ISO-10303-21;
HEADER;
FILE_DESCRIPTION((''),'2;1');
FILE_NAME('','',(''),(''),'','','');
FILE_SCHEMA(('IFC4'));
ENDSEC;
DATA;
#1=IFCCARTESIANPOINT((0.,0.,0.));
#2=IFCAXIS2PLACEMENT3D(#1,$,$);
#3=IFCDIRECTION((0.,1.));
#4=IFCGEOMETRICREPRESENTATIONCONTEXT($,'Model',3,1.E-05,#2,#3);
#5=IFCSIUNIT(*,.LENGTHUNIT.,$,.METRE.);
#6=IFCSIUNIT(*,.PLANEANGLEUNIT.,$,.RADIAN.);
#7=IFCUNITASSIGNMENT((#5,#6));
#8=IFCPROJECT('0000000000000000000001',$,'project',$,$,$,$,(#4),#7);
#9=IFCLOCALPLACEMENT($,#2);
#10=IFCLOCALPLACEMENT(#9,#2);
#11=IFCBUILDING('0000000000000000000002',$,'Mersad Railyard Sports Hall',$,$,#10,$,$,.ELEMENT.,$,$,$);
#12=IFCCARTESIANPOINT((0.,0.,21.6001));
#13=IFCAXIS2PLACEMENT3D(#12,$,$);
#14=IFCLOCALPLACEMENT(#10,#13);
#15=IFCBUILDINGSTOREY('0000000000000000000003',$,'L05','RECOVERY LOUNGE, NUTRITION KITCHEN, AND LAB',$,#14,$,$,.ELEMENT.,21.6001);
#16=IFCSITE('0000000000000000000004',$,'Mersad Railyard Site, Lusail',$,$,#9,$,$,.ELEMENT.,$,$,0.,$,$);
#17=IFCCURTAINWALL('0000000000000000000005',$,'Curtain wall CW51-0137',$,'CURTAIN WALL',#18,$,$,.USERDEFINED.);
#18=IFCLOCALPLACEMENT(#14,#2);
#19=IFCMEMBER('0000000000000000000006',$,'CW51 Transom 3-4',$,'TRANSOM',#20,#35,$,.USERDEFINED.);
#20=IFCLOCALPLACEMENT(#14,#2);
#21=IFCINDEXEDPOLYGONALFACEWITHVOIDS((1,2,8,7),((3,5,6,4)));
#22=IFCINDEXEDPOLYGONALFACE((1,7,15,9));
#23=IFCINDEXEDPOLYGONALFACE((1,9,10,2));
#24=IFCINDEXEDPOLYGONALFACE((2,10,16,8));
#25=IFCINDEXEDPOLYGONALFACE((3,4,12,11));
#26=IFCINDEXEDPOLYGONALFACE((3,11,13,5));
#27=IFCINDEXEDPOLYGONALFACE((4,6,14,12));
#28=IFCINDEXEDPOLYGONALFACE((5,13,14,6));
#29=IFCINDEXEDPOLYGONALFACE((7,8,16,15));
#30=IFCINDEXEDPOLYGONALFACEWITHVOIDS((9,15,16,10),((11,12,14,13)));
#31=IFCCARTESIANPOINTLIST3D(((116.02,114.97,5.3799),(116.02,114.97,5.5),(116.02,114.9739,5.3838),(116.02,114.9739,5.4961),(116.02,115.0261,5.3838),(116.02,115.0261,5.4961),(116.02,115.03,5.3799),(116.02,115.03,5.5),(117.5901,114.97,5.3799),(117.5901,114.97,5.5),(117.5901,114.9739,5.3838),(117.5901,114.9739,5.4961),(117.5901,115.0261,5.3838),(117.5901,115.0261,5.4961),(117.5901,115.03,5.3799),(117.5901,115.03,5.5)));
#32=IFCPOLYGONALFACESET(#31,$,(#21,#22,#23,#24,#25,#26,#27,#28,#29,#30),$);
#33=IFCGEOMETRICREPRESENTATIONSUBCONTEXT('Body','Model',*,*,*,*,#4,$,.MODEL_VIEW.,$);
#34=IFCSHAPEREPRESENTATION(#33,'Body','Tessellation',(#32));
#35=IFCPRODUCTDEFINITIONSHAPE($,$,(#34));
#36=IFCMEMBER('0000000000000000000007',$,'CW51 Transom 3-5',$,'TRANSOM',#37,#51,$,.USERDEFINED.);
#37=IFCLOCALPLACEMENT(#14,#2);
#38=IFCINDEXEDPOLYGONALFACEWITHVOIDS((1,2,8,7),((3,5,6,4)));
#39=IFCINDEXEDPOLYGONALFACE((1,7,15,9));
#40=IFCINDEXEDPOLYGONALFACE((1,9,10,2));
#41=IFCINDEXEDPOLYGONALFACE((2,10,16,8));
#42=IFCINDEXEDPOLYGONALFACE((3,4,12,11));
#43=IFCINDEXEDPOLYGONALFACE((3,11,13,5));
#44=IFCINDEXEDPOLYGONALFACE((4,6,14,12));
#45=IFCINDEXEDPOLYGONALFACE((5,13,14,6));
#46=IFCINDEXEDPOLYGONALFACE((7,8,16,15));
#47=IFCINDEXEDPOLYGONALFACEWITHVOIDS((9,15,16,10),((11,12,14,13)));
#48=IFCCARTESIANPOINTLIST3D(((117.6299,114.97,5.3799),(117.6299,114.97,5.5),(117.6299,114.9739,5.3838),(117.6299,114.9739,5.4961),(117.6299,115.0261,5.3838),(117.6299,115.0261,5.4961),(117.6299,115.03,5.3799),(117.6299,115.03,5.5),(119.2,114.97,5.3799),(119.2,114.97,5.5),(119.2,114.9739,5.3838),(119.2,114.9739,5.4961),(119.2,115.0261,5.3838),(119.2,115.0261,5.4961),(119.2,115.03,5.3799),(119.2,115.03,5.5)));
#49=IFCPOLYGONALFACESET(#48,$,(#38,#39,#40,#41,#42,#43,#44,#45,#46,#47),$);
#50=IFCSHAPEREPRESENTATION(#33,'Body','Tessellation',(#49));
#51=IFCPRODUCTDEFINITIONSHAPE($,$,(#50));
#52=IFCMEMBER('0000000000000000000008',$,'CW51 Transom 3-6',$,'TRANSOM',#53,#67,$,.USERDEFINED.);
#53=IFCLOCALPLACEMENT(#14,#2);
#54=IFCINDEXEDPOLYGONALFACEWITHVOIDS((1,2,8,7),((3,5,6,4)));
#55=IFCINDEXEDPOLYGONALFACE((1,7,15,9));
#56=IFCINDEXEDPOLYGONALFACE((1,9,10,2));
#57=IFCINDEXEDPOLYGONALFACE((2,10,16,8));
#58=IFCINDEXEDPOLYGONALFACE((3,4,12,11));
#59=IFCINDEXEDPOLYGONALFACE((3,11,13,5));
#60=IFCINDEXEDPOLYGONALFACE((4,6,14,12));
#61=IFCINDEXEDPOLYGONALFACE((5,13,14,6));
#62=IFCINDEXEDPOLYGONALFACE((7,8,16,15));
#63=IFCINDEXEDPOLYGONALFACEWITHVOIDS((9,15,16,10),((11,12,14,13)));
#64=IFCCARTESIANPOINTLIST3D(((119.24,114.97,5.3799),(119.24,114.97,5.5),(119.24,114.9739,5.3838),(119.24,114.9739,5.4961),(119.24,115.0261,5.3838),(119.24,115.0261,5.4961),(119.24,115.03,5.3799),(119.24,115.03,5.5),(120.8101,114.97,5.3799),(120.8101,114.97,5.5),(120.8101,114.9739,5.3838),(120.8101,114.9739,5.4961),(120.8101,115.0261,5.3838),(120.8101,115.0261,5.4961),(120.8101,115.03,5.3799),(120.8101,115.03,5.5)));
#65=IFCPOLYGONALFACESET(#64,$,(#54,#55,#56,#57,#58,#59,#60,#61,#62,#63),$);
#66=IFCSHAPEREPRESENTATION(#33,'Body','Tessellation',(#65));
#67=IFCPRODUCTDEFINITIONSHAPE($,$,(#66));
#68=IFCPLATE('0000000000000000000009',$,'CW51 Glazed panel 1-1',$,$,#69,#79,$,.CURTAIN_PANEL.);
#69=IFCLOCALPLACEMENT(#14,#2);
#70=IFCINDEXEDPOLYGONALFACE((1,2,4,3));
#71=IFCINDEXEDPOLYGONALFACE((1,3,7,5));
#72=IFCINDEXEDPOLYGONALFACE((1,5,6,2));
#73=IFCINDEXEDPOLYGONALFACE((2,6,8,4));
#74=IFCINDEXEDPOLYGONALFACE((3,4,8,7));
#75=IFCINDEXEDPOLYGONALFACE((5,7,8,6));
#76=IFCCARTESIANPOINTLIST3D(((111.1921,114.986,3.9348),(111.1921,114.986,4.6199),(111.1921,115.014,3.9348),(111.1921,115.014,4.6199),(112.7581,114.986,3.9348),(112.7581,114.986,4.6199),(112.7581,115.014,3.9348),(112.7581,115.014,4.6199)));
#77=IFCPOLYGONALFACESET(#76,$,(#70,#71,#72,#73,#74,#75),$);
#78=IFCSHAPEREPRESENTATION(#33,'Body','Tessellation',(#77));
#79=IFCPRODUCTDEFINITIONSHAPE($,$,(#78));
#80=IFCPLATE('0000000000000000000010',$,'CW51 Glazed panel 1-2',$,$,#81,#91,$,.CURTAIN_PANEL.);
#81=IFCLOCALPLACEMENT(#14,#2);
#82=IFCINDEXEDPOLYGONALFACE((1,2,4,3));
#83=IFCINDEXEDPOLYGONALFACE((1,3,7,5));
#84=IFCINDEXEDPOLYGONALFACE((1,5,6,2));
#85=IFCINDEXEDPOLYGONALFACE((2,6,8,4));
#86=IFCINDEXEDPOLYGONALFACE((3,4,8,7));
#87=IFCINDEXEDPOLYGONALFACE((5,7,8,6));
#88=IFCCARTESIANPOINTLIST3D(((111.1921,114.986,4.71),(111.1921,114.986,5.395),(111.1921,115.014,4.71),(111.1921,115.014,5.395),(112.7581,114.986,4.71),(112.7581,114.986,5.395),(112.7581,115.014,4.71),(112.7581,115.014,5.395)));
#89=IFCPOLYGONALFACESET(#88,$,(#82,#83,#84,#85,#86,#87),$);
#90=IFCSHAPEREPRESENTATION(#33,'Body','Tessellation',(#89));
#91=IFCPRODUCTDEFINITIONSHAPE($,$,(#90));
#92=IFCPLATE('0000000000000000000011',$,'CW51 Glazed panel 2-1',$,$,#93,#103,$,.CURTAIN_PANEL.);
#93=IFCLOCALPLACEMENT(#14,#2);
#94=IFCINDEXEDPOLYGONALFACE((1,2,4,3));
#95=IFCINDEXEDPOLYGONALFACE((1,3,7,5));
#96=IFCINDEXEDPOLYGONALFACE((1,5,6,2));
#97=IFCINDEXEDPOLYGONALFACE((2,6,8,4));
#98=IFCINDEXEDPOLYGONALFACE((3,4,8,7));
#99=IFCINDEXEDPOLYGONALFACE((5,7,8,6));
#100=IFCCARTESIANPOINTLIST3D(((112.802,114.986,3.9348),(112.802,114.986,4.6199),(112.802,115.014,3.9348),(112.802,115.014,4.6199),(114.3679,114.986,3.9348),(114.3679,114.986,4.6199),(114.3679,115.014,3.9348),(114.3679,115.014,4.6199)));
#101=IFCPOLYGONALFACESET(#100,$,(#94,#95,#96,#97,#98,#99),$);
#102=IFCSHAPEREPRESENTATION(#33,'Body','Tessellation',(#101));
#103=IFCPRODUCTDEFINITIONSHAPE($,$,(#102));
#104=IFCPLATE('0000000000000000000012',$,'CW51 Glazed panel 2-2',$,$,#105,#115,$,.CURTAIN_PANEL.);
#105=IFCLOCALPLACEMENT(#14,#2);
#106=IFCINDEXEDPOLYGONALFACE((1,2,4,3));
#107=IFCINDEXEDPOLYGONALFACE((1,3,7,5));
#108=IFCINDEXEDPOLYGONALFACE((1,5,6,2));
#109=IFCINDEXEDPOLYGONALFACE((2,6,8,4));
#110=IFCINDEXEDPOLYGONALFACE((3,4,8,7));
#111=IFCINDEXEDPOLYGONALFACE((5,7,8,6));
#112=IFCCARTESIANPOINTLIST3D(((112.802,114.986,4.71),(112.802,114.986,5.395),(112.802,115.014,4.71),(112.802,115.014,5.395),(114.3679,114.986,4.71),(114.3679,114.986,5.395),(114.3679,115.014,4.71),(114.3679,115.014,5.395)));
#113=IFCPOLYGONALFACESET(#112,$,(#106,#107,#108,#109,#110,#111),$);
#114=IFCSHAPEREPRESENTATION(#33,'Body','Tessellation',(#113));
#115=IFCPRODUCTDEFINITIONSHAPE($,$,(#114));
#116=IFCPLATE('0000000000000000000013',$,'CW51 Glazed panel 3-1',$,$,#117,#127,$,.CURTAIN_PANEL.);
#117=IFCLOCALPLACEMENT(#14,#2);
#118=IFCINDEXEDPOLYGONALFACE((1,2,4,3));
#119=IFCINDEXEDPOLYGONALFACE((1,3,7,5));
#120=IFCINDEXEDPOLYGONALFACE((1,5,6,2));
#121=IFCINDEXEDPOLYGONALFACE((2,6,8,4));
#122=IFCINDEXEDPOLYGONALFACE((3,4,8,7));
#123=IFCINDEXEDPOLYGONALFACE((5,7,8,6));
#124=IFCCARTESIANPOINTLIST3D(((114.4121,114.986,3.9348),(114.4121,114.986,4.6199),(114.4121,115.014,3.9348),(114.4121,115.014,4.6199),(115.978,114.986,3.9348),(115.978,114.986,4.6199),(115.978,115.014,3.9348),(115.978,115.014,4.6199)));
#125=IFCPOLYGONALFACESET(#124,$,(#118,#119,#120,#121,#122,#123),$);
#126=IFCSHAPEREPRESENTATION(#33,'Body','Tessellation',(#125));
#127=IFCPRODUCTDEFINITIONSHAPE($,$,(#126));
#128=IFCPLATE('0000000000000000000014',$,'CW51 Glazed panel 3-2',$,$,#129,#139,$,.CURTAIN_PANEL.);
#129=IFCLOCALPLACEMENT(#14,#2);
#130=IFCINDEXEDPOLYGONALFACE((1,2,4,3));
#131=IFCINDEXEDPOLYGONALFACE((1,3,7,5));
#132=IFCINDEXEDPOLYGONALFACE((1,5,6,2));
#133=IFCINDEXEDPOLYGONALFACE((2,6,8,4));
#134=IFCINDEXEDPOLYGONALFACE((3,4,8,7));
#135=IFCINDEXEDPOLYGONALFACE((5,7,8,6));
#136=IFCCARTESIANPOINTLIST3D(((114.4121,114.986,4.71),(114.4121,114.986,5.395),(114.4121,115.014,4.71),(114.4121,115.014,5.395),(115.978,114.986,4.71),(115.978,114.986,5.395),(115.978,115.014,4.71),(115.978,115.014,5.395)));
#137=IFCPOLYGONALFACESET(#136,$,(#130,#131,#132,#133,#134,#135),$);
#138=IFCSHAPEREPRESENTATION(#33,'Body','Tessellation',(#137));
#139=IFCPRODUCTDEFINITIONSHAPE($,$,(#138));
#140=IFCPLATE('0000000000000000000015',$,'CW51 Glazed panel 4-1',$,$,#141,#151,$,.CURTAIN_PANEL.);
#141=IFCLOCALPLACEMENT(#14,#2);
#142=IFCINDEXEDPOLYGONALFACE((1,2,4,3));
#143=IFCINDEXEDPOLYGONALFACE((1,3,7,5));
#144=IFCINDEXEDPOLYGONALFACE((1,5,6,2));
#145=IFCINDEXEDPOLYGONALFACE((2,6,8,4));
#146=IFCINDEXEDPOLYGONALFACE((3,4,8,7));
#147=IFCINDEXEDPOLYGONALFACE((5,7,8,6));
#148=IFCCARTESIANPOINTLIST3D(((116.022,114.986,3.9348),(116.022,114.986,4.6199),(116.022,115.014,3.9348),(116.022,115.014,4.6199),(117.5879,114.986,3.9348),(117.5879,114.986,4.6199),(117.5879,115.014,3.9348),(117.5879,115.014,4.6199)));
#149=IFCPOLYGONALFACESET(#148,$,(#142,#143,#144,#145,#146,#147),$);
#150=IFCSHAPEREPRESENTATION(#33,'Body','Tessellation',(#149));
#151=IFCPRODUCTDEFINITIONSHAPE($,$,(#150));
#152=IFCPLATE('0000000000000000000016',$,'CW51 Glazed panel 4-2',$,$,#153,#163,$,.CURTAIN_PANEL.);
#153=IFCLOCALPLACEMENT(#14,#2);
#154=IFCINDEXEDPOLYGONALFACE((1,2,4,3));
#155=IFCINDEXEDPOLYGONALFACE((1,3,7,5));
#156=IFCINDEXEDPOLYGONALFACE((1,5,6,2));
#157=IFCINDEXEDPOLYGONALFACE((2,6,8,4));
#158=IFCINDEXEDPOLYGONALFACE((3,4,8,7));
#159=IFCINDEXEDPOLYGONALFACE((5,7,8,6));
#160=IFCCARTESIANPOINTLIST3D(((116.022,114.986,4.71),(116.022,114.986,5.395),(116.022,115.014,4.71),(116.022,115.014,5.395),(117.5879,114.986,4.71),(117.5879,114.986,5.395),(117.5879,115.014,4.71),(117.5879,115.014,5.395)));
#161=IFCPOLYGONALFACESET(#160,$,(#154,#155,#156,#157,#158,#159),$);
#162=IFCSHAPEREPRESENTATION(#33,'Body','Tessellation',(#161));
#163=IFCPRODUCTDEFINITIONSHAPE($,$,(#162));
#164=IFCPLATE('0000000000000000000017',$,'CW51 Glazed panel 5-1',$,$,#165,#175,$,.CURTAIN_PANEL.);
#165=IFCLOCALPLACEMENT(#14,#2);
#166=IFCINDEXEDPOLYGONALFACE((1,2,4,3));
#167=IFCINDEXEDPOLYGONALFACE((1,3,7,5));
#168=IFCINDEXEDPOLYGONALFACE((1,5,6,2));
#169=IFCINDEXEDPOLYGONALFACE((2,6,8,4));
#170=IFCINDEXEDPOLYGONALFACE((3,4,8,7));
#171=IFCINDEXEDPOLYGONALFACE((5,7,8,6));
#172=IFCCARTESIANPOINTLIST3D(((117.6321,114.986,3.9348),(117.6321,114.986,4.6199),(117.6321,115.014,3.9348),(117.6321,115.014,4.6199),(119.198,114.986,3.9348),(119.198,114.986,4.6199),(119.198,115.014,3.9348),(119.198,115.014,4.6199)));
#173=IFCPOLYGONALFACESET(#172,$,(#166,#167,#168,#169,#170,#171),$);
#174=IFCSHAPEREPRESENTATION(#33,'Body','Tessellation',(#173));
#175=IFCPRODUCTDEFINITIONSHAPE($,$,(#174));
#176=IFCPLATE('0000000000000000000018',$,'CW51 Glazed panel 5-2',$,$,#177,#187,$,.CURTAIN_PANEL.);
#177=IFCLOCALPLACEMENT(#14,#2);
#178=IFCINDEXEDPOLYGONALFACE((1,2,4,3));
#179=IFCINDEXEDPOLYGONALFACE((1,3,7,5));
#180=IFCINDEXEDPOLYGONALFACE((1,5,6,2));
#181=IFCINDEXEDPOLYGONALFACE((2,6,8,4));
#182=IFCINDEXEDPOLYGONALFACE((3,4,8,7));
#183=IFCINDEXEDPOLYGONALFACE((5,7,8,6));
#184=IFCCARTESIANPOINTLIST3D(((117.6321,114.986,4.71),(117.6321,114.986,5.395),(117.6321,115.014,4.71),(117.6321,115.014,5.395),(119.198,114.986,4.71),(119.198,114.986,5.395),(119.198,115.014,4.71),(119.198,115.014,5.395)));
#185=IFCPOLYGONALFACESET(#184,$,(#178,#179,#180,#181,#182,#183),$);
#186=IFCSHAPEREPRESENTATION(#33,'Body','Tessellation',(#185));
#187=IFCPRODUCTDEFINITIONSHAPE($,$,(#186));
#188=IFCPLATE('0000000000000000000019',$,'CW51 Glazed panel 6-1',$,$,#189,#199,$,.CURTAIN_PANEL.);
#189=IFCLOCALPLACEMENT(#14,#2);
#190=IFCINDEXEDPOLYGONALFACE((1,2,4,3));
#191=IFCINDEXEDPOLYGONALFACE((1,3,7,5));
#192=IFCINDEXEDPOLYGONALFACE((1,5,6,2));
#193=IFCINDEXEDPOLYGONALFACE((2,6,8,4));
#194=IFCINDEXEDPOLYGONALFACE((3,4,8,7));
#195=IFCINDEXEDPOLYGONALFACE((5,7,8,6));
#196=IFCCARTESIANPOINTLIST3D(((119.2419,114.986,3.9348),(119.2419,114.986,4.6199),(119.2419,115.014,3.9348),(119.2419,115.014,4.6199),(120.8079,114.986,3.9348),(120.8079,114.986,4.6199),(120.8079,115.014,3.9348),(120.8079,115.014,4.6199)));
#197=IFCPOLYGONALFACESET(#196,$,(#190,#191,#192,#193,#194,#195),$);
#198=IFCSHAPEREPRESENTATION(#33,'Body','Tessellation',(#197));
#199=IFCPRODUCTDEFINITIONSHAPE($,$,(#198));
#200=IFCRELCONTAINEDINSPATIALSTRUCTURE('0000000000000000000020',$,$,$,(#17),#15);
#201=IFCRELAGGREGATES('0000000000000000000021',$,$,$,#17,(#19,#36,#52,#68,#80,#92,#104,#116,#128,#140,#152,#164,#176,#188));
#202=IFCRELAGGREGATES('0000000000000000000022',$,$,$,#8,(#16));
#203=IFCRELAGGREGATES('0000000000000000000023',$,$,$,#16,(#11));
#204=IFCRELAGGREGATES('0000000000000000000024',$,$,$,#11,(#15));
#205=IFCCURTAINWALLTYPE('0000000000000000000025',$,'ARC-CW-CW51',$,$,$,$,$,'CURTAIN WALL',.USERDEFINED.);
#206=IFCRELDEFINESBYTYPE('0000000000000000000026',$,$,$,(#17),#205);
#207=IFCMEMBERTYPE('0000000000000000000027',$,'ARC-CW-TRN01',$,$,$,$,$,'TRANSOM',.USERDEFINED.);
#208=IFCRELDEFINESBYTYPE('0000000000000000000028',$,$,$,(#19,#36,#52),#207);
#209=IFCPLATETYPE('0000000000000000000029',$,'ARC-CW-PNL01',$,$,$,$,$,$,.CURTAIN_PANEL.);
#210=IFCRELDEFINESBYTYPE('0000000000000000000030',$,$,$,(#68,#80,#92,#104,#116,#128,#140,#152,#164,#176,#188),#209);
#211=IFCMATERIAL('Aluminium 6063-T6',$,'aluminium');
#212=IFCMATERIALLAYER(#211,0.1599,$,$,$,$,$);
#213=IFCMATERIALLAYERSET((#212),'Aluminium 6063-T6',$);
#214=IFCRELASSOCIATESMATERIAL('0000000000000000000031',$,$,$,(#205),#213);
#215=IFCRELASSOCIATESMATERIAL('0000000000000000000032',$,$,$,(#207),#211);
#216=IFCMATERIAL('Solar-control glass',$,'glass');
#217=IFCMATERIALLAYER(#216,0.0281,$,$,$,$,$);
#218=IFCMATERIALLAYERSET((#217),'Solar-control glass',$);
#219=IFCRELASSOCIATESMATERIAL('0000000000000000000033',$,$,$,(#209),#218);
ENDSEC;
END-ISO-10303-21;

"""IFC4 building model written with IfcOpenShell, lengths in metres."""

from ifc_helpers import new_model, si_unit, direction, frame, origin, origin_2d, place, context, subcontext, project, spatial, rectangle, hollow_rectangle, extrude, material, layer, layer_set, material_profile, profile_set, type_object, element, aggregate, save


model = new_model("IFC4")

# Units and contexts
model_context = context("Model", 3, precision=1e-05, world=origin(), true_north=direction((0.0, 1.0)))
body_context = subcontext(model_context, "Body", "Model", "MODEL_VIEW")
ifc_project = project(units=[si_unit("LENGTHUNIT", "METRE"), si_unit("PLANEANGLEUNIT", "RADIAN")], contexts=[model_context])

# Site, building, storey
site_placement = place(None, origin())
site = spatial("IfcSite", under=ifc_project, at=site_placement, Name="Mersad Railyard Site, Lusail", CompositionType="ELEMENT", RefElevation=0.0)
building_placement = place(site_placement, origin())
building = spatial("IfcBuilding", under=site, at=building_placement, Name="Mersad Railyard Sports Hall", CompositionType="ELEMENT")
storey_placement = place(building_placement, frame((0.0, 0.0, 21.6001)))
storey = spatial("IfcBuildingStorey", under=building, at=storey_placement, Name="L05", Description="RECOVERY LOUNGE, NUTRITION KITCHEN, AND LAB", CompositionType="ELEMENT", Elevation=21.6001)

# Curtain wall, members, plates
ifc_material_1 = material(Name="Aluminium 6063-T6", Category="aluminium")
ifc_layer_1 = layer(ifc_material_1, 0.1599)
ifc_layer_set_1 = layer_set([ifc_layer_1], Name="Aluminium 6063-T6")
curtain_wall_type = type_object("IfcCurtainWallType", Name="ARC-CW-CW51", ElementType="CURTAIN WALL", PredefinedType="USERDEFINED", material=ifc_layer_set_1)
curtain_wall_placement = place(storey_placement, origin())
curtain_wall = element("IfcCurtainWall", 1, at=curtain_wall_placement, inside=storey, type_object=curtain_wall_type, Name="Curtain wall CW51-0137", ObjectType="CURTAIN WALL", PredefinedType="USERDEFINED")
ifc_material_profile_1 = material_profile(ifc_material_1, hollow_rectangle(XDim=0.0601, YDim=0.1201, WallThickness=0.0039, at=origin_2d()), Name="AL TRANSOM 60x120x4")
ifc_profile_set_1 = profile_set([ifc_material_profile_1], Name="Aluminium 6063-T6")
member_type_1 = type_object("IfcMemberType", Name="ARC-CW-TRN01", ElementType="TRANSOM", PredefinedType="USERDEFINED", material=ifc_profile_set_1)
member_1_placement = place(storey_placement, frame((116.02, 115.0, 5.4399), z_axis=(1.0, 0.0, 0.0), x_axis=(0.0, 1.0, 0.0)))
member_1 = element("IfcMember", 2, at=member_1_placement, type_object=member_type_1, Name="CW51 Transom 3-4", ObjectType="TRANSOM", PredefinedType="USERDEFINED", context=body_context, shape_type="SweptSolid", body=[
    extrude(hollow_rectangle(XDim=0.0601, YDim=0.1201, WallThickness=0.0039, at=origin_2d()), origin(), (0.0, 0.0, 1.0), 1.5701),
])
member_2_placement = place(storey_placement, frame((117.6299, 115.0, 5.4399), z_axis=(1.0, 0.0, 0.0), x_axis=(0.0, 1.0, 0.0)))
member_2 = element("IfcMember", 3, at=member_2_placement, type_object=member_type_1, Name="CW51 Transom 3-5", ObjectType="TRANSOM", PredefinedType="USERDEFINED", context=body_context, shape_type="SweptSolid", body=[
    extrude(hollow_rectangle(XDim=0.0601, YDim=0.1201, WallThickness=0.0039, at=origin_2d()), origin(), (0.0, 0.0, 1.0), 1.5701),
])
member_3_placement = place(storey_placement, frame((119.24, 115.0, 5.4399), z_axis=(1.0, 0.0, 0.0), x_axis=(0.0, 1.0, 0.0)))
member_3 = element("IfcMember", 4, at=member_3_placement, type_object=member_type_1, Name="CW51 Transom 3-6", ObjectType="TRANSOM", PredefinedType="USERDEFINED", context=body_context, shape_type="SweptSolid", body=[
    extrude(hollow_rectangle(XDim=0.0601, YDim=0.1201, WallThickness=0.0039, at=origin_2d()), origin(), (0.0, 0.0, 1.0), 1.5701),
])
ifc_material_2 = material(Name="Solar-control glass", Category="glass")
ifc_layer_2 = layer(ifc_material_2, 0.0281)
ifc_layer_set_2 = layer_set([ifc_layer_2], Name="Solar-control glass")
plate_type = type_object("IfcPlateType", Name="ARC-CW-PNL01", PredefinedType="CURTAIN_PANEL", material=ifc_layer_set_2)
plate_1_placement = place(storey_placement, frame((111.9751, 115.0, 3.9348), z_axis=(0.0, 0.0, 1.0), x_axis=(1.0, 0.0, 0.0)))
plate_1 = element("IfcPlate", 5, at=plate_1_placement, type_object=plate_type, Name="CW51 Glazed panel 1-1", PredefinedType="CURTAIN_PANEL", context=body_context, shape_type="SweptSolid", body=[
    extrude(rectangle(XDim=1.5659, YDim=0.0281, at=origin_2d()), origin(), (0.0, 0.0, 1.0), 0.6851),
])
plate_2_placement = place(storey_placement, frame((111.9751, 115.0, 4.71), z_axis=(0.0, 0.0, 1.0), x_axis=(1.0, 0.0, 0.0)))
plate_2 = element("IfcPlate", 6, at=plate_2_placement, type_object=plate_type, Name="CW51 Glazed panel 1-2", PredefinedType="CURTAIN_PANEL", context=body_context, shape_type="SweptSolid", body=[
    extrude(rectangle(XDim=1.5659, YDim=0.0281, at=origin_2d()), origin(), (0.0, 0.0, 1.0), 0.6851),
])
plate_3_placement = place(storey_placement, frame((113.585, 115.0, 3.9348), z_axis=(0.0, 0.0, 1.0), x_axis=(1.0, 0.0, 0.0)))
plate_3 = element("IfcPlate", 7, at=plate_3_placement, type_object=plate_type, Name="CW51 Glazed panel 2-1", PredefinedType="CURTAIN_PANEL", context=body_context, shape_type="SweptSolid", body=[
    extrude(rectangle(XDim=1.5659, YDim=0.0281, at=origin_2d()), origin(), (0.0, 0.0, 1.0), 0.6851),
])
plate_4_placement = place(storey_placement, frame((113.585, 115.0, 4.71), z_axis=(0.0, 0.0, 1.0), x_axis=(1.0, 0.0, 0.0)))
plate_4 = element("IfcPlate", 8, at=plate_4_placement, type_object=plate_type, Name="CW51 Glazed panel 2-2", PredefinedType="CURTAIN_PANEL", context=body_context, shape_type="SweptSolid", body=[
    extrude(rectangle(XDim=1.5659, YDim=0.0281, at=origin_2d()), origin(), (0.0, 0.0, 1.0), 0.6851),
])
plate_5_placement = place(storey_placement, frame((115.1951, 115.0, 3.9348), z_axis=(0.0, 0.0, 1.0), x_axis=(1.0, 0.0, 0.0)))
plate_5 = element("IfcPlate", 9, at=plate_5_placement, type_object=plate_type, Name="CW51 Glazed panel 3-1", PredefinedType="CURTAIN_PANEL", context=body_context, shape_type="SweptSolid", body=[
    extrude(rectangle(XDim=1.5659, YDim=0.0281, at=origin_2d()), origin(), (0.0, 0.0, 1.0), 0.6851),
])
plate_6_placement = place(storey_placement, frame((115.1951, 115.0, 4.71), z_axis=(0.0, 0.0, 1.0), x_axis=(1.0, 0.0, 0.0)))
plate_6 = element("IfcPlate", 10, at=plate_6_placement, type_object=plate_type, Name="CW51 Glazed panel 3-2", PredefinedType="CURTAIN_PANEL", context=body_context, shape_type="SweptSolid", body=[
    extrude(rectangle(XDim=1.5659, YDim=0.0281, at=origin_2d()), origin(), (0.0, 0.0, 1.0), 0.6851),
])
plate_7_placement = place(storey_placement, frame((116.8049, 115.0, 3.9348), z_axis=(0.0, 0.0, 1.0), x_axis=(1.0, 0.0, 0.0)))
plate_7 = element("IfcPlate", 11, at=plate_7_placement, type_object=plate_type, Name="CW51 Glazed panel 4-1", PredefinedType="CURTAIN_PANEL", context=body_context, shape_type="SweptSolid", body=[
    extrude(rectangle(XDim=1.5659, YDim=0.0281, at=origin_2d()), origin(), (0.0, 0.0, 1.0), 0.6851),
])
plate_8_placement = place(storey_placement, frame((116.8049, 115.0, 4.71), z_axis=(0.0, 0.0, 1.0), x_axis=(1.0, 0.0, 0.0)))
plate_8 = element("IfcPlate", 12, at=plate_8_placement, type_object=plate_type, Name="CW51 Glazed panel 4-2", PredefinedType="CURTAIN_PANEL", context=body_context, shape_type="SweptSolid", body=[
    extrude(rectangle(XDim=1.5659, YDim=0.0281, at=origin_2d()), origin(), (0.0, 0.0, 1.0), 0.6851),
])
plate_9_placement = place(storey_placement, frame((118.415, 115.0, 3.9348), z_axis=(0.0, 0.0, 1.0), x_axis=(1.0, 0.0, 0.0)))
plate_9 = element("IfcPlate", 13, at=plate_9_placement, type_object=plate_type, Name="CW51 Glazed panel 5-1", PredefinedType="CURTAIN_PANEL", context=body_context, shape_type="SweptSolid", body=[
    extrude(rectangle(XDim=1.5659, YDim=0.0281, at=origin_2d()), origin(), (0.0, 0.0, 1.0), 0.6851),
])
plate_10_placement = place(storey_placement, frame((118.415, 115.0, 4.71), z_axis=(0.0, 0.0, 1.0), x_axis=(1.0, 0.0, 0.0)))
plate_10 = element("IfcPlate", 14, at=plate_10_placement, type_object=plate_type, Name="CW51 Glazed panel 5-2", PredefinedType="CURTAIN_PANEL", context=body_context, shape_type="SweptSolid", body=[
    extrude(rectangle(XDim=1.5659, YDim=0.0281, at=origin_2d()), origin(), (0.0, 0.0, 1.0), 0.6851),
])
plate_11_placement = place(storey_placement, frame((120.0249, 115.0, 3.9348), z_axis=(0.0, 0.0, 1.0), x_axis=(1.0, 0.0, 0.0)))
plate_11 = element("IfcPlate", 15, at=plate_11_placement, type_object=plate_type, Name="CW51 Glazed panel 6-1", PredefinedType="CURTAIN_PANEL", context=body_context, shape_type="SweptSolid", body=[
    extrude(rectangle(XDim=1.5659, YDim=0.0281, at=origin_2d()), origin(), (0.0, 0.0, 1.0), 0.6851),
])
aggregate(curtain_wall, [member_1, member_2, member_3, plate_1, plate_2, plate_3, plate_4, plate_5, plate_6, plate_7, plate_8, plate_9, plate_10, plate_11])

save(model, "model.ifc")
